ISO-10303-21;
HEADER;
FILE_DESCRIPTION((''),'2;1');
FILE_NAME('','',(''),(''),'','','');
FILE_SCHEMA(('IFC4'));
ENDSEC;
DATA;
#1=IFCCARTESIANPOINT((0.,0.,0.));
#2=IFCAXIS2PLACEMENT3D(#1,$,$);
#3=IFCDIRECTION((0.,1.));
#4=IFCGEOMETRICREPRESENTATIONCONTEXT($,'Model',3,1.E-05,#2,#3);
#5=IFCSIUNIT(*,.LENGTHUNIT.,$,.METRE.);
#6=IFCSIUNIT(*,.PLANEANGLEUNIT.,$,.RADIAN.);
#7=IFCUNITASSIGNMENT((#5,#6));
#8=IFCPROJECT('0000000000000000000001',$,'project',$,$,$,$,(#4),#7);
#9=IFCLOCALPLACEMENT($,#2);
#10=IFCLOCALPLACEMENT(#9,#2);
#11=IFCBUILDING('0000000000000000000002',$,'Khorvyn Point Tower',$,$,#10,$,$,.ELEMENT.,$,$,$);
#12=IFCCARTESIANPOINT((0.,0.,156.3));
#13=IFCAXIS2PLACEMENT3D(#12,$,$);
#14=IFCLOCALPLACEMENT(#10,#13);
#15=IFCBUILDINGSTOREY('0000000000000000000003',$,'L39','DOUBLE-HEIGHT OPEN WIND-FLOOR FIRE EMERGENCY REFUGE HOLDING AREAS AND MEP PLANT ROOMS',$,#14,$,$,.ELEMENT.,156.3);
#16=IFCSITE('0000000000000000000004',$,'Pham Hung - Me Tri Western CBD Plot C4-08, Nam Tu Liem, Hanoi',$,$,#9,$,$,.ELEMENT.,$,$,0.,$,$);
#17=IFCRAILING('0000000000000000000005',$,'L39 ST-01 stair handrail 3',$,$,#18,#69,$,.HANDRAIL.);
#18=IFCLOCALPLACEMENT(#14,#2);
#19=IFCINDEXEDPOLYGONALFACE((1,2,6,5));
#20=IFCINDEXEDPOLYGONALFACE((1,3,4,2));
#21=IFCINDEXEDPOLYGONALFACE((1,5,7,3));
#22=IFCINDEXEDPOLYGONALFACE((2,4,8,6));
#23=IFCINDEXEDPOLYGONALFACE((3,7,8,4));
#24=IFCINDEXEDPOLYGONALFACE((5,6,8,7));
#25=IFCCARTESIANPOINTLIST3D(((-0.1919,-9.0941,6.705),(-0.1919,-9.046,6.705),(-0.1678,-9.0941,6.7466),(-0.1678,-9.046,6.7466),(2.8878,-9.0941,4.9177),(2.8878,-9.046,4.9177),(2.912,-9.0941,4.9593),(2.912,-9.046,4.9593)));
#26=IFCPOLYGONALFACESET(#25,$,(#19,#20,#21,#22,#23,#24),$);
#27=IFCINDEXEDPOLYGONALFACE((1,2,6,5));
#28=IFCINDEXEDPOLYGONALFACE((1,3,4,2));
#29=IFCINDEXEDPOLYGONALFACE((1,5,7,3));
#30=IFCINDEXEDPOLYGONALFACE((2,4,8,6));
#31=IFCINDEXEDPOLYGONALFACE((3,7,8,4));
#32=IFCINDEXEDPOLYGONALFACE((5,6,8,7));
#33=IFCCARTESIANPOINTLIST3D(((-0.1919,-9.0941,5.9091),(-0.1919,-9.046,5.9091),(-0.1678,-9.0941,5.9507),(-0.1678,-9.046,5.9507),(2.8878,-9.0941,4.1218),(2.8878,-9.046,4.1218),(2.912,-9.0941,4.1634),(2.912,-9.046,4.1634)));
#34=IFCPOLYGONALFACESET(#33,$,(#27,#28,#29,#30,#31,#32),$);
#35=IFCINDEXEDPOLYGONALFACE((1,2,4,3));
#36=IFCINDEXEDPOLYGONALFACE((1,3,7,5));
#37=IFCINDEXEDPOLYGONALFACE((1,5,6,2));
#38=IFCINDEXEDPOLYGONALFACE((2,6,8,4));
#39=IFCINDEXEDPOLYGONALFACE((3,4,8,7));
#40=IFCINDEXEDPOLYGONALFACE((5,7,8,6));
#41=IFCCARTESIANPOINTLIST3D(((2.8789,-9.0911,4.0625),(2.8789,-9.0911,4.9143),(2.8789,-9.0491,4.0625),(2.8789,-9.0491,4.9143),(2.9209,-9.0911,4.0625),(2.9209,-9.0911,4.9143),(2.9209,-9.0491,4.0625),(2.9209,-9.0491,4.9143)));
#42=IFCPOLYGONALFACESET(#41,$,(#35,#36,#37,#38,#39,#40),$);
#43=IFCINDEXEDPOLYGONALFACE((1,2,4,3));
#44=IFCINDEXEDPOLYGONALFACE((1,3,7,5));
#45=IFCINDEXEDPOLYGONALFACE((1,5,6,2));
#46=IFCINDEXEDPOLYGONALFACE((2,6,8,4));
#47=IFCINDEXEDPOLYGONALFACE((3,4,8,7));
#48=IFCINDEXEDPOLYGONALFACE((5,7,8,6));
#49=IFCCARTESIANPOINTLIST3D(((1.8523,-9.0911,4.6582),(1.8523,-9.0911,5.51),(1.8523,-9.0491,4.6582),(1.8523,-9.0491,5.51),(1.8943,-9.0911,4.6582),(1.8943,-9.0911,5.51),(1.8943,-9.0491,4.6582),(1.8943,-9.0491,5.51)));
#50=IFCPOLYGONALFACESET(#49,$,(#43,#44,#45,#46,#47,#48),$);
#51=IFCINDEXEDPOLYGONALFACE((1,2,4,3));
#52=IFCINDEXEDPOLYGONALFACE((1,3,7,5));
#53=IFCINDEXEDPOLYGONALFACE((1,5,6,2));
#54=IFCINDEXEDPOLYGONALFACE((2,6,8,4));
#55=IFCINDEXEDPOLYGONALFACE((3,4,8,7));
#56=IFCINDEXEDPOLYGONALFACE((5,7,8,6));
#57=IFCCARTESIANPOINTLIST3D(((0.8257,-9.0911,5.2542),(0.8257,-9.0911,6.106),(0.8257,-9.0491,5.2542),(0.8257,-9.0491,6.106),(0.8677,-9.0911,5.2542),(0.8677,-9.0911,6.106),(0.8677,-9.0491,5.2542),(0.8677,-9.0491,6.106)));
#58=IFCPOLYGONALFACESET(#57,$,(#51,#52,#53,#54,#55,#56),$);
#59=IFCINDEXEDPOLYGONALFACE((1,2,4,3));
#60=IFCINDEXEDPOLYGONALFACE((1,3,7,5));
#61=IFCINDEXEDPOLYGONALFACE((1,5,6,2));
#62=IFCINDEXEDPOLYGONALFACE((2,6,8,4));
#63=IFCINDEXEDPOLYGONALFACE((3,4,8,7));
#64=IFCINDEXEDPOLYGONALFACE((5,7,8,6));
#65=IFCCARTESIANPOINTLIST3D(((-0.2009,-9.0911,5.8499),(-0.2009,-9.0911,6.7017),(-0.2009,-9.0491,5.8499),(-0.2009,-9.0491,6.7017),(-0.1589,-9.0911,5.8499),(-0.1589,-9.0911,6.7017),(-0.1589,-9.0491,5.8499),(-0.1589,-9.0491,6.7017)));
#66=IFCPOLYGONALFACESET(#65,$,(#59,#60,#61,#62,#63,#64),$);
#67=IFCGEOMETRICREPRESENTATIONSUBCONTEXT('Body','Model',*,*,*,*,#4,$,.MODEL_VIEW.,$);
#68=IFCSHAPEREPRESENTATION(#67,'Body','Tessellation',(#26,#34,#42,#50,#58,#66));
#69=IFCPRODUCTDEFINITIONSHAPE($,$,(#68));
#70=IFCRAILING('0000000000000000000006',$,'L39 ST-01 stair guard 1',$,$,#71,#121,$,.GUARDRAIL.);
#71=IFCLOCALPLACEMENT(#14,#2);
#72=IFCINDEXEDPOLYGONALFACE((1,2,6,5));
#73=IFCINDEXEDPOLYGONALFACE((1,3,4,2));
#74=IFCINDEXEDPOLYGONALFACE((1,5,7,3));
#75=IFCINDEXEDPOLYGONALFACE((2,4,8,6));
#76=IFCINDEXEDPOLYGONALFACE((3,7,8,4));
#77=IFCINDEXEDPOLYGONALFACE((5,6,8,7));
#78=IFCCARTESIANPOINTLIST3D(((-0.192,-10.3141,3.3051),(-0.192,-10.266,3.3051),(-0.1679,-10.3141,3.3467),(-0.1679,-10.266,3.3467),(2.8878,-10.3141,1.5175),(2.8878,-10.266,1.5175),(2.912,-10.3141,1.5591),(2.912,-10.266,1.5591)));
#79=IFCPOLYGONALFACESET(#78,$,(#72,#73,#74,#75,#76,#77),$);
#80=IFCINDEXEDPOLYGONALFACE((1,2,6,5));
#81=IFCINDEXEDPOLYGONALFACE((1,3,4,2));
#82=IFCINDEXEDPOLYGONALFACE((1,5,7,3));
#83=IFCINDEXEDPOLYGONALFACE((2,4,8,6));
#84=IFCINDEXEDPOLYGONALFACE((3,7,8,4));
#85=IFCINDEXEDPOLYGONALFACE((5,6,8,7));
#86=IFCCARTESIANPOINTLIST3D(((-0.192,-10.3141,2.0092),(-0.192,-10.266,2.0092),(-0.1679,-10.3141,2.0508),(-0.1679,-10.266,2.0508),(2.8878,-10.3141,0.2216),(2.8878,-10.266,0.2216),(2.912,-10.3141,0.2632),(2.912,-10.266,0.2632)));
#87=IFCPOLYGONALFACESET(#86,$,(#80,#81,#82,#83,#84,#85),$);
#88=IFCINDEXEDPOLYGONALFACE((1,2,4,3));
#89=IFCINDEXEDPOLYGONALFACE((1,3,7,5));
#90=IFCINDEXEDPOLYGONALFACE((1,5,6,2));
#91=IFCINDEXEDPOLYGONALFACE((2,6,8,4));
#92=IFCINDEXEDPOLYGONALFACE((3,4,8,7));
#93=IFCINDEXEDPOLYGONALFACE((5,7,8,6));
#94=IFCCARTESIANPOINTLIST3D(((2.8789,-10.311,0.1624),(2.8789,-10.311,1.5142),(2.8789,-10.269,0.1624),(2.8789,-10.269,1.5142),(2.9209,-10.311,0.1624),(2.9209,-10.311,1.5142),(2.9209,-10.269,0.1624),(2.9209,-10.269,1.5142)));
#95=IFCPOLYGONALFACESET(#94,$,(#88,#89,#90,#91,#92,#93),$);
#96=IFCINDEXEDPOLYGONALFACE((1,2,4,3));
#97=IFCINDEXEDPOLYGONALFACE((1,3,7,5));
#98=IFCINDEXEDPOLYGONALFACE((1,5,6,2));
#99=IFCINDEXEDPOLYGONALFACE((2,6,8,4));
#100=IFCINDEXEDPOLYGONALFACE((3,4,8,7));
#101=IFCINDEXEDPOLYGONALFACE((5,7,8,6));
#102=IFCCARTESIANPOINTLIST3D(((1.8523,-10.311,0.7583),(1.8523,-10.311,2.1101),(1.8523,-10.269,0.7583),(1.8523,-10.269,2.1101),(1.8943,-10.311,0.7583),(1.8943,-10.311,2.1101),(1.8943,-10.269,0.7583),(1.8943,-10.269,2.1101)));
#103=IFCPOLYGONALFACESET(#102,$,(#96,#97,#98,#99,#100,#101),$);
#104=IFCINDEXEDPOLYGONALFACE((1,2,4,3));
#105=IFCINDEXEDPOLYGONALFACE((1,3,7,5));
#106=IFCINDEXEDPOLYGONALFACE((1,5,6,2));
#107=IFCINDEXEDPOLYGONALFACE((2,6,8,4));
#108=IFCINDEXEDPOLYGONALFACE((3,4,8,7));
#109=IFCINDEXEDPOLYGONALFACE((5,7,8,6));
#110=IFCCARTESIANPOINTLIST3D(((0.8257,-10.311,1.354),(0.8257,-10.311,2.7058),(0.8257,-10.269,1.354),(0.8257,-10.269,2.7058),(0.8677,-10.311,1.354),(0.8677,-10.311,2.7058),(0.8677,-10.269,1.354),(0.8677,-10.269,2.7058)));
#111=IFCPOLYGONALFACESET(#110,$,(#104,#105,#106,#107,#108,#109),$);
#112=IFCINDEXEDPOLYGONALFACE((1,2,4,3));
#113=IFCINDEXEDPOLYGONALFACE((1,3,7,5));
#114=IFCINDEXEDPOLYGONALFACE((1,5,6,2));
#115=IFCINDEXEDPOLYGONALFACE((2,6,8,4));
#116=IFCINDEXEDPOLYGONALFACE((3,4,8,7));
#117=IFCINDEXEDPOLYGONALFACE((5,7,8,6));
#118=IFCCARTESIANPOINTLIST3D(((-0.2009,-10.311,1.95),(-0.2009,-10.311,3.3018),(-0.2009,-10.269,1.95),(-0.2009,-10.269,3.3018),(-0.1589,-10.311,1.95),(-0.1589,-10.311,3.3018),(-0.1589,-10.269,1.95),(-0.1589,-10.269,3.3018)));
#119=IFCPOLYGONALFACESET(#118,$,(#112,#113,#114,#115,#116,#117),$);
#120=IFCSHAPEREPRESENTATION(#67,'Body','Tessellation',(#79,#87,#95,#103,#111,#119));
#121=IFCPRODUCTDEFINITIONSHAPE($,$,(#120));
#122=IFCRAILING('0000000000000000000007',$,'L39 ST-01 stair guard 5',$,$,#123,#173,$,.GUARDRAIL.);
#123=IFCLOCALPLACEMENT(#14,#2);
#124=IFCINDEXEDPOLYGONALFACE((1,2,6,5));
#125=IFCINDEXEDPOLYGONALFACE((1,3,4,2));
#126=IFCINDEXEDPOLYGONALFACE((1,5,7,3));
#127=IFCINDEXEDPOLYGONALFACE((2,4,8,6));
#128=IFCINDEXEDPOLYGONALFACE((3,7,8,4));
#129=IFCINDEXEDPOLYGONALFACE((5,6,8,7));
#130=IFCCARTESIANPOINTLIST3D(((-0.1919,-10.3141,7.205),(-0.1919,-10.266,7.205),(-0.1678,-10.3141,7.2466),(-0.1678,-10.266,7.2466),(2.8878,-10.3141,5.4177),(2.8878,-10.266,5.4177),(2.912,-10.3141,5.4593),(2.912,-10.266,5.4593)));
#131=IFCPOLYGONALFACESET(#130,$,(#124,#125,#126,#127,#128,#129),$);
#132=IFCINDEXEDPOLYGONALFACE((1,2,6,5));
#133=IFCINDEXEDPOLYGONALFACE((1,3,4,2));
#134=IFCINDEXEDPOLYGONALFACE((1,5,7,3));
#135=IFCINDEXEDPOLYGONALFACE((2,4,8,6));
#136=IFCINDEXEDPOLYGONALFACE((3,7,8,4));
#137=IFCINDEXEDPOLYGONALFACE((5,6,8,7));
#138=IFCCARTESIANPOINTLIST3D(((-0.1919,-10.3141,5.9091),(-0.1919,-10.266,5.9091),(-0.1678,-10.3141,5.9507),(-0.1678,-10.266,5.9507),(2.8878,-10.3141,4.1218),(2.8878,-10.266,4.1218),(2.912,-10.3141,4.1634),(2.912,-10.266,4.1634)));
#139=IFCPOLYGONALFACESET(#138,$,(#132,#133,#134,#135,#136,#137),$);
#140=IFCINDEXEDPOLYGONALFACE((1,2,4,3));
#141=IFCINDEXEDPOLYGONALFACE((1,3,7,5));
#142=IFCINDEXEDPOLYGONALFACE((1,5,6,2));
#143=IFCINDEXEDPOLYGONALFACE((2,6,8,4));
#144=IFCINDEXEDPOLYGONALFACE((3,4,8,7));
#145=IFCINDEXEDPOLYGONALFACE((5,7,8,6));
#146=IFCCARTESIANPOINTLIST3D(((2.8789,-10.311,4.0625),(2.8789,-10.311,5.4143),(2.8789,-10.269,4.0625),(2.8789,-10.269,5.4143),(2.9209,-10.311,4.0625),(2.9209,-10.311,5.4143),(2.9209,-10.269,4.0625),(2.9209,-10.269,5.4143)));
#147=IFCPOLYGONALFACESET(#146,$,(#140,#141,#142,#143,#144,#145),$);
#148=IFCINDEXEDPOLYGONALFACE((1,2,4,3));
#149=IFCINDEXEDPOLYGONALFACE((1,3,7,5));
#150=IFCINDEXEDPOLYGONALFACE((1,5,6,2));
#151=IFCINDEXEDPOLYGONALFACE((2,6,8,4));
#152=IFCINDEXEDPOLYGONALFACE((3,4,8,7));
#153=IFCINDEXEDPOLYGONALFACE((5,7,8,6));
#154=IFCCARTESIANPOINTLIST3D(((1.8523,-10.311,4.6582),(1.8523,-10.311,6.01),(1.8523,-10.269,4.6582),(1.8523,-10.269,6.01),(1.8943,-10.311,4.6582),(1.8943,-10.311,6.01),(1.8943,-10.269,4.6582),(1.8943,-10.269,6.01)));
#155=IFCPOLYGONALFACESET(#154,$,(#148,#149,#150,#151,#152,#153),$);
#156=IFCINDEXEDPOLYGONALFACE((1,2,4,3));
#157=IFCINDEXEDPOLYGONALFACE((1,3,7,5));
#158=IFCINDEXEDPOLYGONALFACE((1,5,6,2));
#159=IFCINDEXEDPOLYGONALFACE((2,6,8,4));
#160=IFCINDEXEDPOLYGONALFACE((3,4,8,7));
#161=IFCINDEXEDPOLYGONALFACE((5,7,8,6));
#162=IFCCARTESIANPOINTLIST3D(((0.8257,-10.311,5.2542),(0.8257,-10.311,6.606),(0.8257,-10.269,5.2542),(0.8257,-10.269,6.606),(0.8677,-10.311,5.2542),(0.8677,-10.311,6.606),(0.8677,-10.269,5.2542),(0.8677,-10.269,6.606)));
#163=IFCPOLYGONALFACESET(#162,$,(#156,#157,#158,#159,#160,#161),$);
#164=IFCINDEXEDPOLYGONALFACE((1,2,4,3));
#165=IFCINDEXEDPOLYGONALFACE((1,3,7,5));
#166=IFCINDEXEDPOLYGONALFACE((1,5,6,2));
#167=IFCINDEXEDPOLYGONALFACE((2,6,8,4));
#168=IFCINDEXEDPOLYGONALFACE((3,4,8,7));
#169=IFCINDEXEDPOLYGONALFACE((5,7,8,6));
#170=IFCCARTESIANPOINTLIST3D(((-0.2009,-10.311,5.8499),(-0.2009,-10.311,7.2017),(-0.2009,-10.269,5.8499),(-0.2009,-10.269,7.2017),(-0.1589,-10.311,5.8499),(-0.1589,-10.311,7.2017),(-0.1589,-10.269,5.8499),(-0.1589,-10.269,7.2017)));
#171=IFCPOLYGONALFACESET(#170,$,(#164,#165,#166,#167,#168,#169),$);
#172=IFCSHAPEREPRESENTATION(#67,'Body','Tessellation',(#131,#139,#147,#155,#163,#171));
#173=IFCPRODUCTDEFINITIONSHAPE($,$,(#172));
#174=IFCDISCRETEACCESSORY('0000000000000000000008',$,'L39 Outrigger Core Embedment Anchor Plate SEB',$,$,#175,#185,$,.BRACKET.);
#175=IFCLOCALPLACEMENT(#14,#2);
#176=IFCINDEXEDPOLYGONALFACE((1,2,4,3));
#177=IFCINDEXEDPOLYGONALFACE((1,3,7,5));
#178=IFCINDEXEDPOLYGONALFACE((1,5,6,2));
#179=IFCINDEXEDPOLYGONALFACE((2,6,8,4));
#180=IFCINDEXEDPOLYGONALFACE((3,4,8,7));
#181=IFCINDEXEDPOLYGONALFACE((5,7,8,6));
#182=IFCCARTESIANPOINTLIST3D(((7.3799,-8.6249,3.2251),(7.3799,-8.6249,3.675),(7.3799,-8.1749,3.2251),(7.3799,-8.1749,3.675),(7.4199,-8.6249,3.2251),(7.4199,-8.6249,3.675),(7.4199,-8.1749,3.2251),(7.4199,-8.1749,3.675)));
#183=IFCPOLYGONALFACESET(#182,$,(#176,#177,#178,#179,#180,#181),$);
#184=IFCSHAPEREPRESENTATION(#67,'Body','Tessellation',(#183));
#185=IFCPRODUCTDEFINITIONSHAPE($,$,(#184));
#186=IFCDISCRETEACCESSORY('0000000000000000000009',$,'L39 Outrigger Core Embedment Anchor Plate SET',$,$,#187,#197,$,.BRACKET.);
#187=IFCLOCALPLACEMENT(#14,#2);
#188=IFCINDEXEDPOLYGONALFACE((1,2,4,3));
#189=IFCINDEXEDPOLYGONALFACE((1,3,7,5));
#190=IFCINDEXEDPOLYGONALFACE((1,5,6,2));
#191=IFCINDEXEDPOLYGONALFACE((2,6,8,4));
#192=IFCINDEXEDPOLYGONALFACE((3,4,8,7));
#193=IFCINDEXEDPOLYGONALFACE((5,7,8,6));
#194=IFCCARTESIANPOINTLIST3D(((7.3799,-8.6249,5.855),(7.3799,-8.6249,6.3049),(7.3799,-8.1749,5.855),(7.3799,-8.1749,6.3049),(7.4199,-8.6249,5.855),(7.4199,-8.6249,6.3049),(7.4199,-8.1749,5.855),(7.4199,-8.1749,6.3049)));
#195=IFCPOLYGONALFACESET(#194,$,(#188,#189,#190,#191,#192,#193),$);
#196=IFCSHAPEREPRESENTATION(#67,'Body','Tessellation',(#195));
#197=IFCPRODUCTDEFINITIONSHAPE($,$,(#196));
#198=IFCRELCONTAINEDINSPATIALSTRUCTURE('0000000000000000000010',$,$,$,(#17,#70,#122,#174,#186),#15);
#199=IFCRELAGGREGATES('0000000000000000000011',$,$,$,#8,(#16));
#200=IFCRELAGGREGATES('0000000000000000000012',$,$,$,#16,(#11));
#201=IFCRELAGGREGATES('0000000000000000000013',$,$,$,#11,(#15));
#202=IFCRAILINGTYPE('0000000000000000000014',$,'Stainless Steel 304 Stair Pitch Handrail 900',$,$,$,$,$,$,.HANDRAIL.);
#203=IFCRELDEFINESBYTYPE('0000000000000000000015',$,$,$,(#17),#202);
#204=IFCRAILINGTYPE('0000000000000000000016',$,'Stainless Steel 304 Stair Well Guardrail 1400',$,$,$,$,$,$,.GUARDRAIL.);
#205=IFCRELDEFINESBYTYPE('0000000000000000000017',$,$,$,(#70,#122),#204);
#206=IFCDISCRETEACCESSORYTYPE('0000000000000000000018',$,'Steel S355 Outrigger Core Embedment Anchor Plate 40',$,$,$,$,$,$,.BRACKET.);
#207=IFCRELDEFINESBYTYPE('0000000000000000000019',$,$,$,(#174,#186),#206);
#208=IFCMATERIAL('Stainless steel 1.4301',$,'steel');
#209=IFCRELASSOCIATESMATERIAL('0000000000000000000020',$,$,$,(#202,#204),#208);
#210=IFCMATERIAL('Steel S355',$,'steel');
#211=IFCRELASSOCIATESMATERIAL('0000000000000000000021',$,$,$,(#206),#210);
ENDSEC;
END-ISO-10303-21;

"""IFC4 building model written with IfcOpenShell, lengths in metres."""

from ifc_helpers import new_model, si_unit, direction, frame, origin, origin_2d, place, context, subcontext, project, spatial, rectangle, extrude, material, type_object, element, save


model = new_model("IFC4")

# Units and contexts
model_context = context("Model", 3, precision=1e-05, world=origin(), true_north=direction((0.0, 1.0)))
body_context = subcontext(model_context, "Body", "Model", "MODEL_VIEW")
ifc_project = project(units=[si_unit("LENGTHUNIT", "METRE"), si_unit("PLANEANGLEUNIT", "RADIAN")], contexts=[model_context])

# Site, building, storey
site_placement = place(None, origin())
site = spatial("IfcSite", under=ifc_project, at=site_placement, Name="Pham Hung - Me Tri Western CBD Plot C4-08, Nam Tu Liem, Hanoi", CompositionType="ELEMENT", RefElevation=0.0)
building_placement = place(site_placement, origin())
building = spatial("IfcBuilding", under=site, at=building_placement, Name="Khorvyn Point Tower", CompositionType="ELEMENT")
storey_placement = place(building_placement, frame((0.0, 0.0, 156.3)))
storey = spatial("IfcBuildingStorey", under=building, at=storey_placement, Name="L39", Description="DOUBLE-HEIGHT OPEN WIND-FLOOR FIRE EMERGENCY REFUGE HOLDING AREAS AND MEP PLANT ROOMS", CompositionType="ELEMENT", Elevation=156.3)

# Shared definitions
ifc_material_1 = material(Name="Steel S355", Category="steel")

# Shared definitions
ifc_material_2 = material(Name="Stainless steel 1.4301", Category="steel")

# Railings
railing_type_1 = type_object("IfcRailingType", Name="Stainless Steel 304 Stair Pitch Handrail 900", PredefinedType="HANDRAIL", material=ifc_material_2)
railing_1_placement = place(storey_placement, frame((2.8999, -9.0701, 4.0625)))
element("IfcRailing", 1, at=railing_1_placement, inside=storey, type_object=railing_type_1, Name="L39 ST-01 stair handrail 3", PredefinedType="HANDRAIL", context=body_context, shape_type="SweptSolid", body=[
    extrude(rectangle(XDim=0.0481, YDim=0.0481, at=origin_2d()), frame((0.0, 0.0, 0.876), z_axis=(-0.864903, 0.0, 0.501939), x_axis=(0.0, -1.0, 0.0)), (0.0, 0.0, 1.0), 3.5608),
    extrude(rectangle(XDim=0.0481, YDim=0.0481, at=origin_2d()), frame((0.0, 0.0, 0.0801), z_axis=(-0.864903, 0.0, 0.501939), x_axis=(0.0, -1.0, 0.0)), (0.0, 0.0, 1.0), 3.5608),
    extrude(rectangle(XDim=0.042, YDim=0.042, at=origin_2d()), origin(), (0.0, 0.0, 1.0), 0.8518),
    extrude(rectangle(XDim=0.042, YDim=0.042, at=origin_2d()), frame((-1.0266, 0.0, 0.5957)), (0.0, 0.0, 1.0), 0.8518),
    extrude(rectangle(XDim=0.042, YDim=0.042, at=origin_2d()), frame((-2.0532, 0.0, 1.1917)), (0.0, 0.0, 1.0), 0.8518),
    extrude(rectangle(XDim=0.042, YDim=0.042, at=origin_2d()), frame((-3.0798, 0.0, 1.7874)), (0.0, 0.0, 1.0), 0.8518),
])
railing_type_2 = type_object("IfcRailingType", Name="Stainless Steel 304 Stair Well Guardrail 1400", PredefinedType="GUARDRAIL", material=ifc_material_2)
railing_2_placement = place(storey_placement, frame((2.8999, -10.29, 0.1624)))
element("IfcRailing", 2, at=railing_2_placement, inside=storey, type_object=railing_type_2, Name="L39 ST-01 stair guard 1", PredefinedType="GUARDRAIL", context=body_context, shape_type="SweptSolid", body=[
    extrude(rectangle(XDim=0.0481, YDim=0.0481, at=origin_2d()), frame((0.0, 0.0, 1.376), z_axis=(-0.864873, 0.0, 0.50199), x_axis=(0.0, -1.0, 0.0)), (0.0, 0.0, 1.0), 3.561),
    extrude(rectangle(XDim=0.0481, YDim=0.0481, at=origin_2d()), frame((0.0, 0.0, 0.0801), z_axis=(-0.864873, 0.0, 0.50199), x_axis=(0.0, -1.0, 0.0)), (0.0, 0.0, 1.0), 3.561),
    extrude(rectangle(XDim=0.042, YDim=0.042, at=origin_2d()), origin(), (0.0, 0.0, 1.0), 1.3518),
    extrude(rectangle(XDim=0.042, YDim=0.042, at=origin_2d()), frame((-1.0266, 0.0, 0.5959)), (0.0, 0.0, 1.0), 1.3518),
    extrude(rectangle(XDim=0.042, YDim=0.042, at=origin_2d()), frame((-2.0532, 0.0, 1.1917)), (0.0, 0.0, 1.0), 1.3518),
    extrude(rectangle(XDim=0.042, YDim=0.042, at=origin_2d()), frame((-3.0798, 0.0, 1.7876)), (0.0, 0.0, 1.0), 1.3518),
])
railing_3_placement = place(storey_placement, frame((2.8999, -10.29, 4.0625)))
element("IfcRailing", 3, at=railing_3_placement, inside=storey, type_object=railing_type_2, Name="L39 ST-01 stair guard 5", PredefinedType="GUARDRAIL", context=body_context, shape_type="SweptSolid", body=[
    extrude(rectangle(XDim=0.0481, YDim=0.0481, at=origin_2d()), frame((0.0, 0.0, 1.376), z_axis=(-0.864903, 0.0, 0.501939), x_axis=(0.0, -1.0, 0.0)), (0.0, 0.0, 1.0), 3.5608),
    extrude(rectangle(XDim=0.0481, YDim=0.0481, at=origin_2d()), frame((0.0, 0.0, 0.0801), z_axis=(-0.864903, 0.0, 0.501939), x_axis=(0.0, -1.0, 0.0)), (0.0, 0.0, 1.0), 3.5608),
    extrude(rectangle(XDim=0.042, YDim=0.042, at=origin_2d()), origin(), (0.0, 0.0, 1.0), 1.3518),
    extrude(rectangle(XDim=0.042, YDim=0.042, at=origin_2d()), frame((-1.0266, 0.0, 0.5957)), (0.0, 0.0, 1.0), 1.3518),
    extrude(rectangle(XDim=0.042, YDim=0.042, at=origin_2d()), frame((-2.0532, 0.0, 1.1917)), (0.0, 0.0, 1.0), 1.3518),
    extrude(rectangle(XDim=0.042, YDim=0.042, at=origin_2d()), frame((-3.0798, 0.0, 1.7874)), (0.0, 0.0, 1.0), 1.3518),
])

# Discrete accessories
discrete_accessory_type = type_object("IfcDiscreteAccessoryType", Name="Steel S355 Outrigger Core Embedment Anchor Plate 40", PredefinedType="BRACKET", material=ifc_material_1)
for number, where, z_axis, x_axis, name in (
    (4, (7.3999, -8.3999, 3.2251), (0.0, 0.0, 1.0), (1.0, 0.0, 0.0), "L39 Outrigger Core Embedment Anchor Plate SEB"),
    (5, (7.3999, -8.3999, 5.855), (0.0, 0.0, 1.0), (1.0, 0.0, 0.0), "L39 Outrigger Core Embedment Anchor Plate SET"),
):
    element("IfcDiscreteAccessory", number, at=place(storey_placement, frame(where, z_axis=z_axis, x_axis=x_axis)), inside=storey, type_object=discrete_accessory_type, Name=name, PredefinedType="BRACKET", context=body_context, shape_type="SweptSolid", body=[
        extrude(rectangle(XDim=0.04, YDim=0.45, at=origin_2d()), origin(), (0.0, 0.0, 1.0), 0.45),
    ])

save(model, "model.ifc")
